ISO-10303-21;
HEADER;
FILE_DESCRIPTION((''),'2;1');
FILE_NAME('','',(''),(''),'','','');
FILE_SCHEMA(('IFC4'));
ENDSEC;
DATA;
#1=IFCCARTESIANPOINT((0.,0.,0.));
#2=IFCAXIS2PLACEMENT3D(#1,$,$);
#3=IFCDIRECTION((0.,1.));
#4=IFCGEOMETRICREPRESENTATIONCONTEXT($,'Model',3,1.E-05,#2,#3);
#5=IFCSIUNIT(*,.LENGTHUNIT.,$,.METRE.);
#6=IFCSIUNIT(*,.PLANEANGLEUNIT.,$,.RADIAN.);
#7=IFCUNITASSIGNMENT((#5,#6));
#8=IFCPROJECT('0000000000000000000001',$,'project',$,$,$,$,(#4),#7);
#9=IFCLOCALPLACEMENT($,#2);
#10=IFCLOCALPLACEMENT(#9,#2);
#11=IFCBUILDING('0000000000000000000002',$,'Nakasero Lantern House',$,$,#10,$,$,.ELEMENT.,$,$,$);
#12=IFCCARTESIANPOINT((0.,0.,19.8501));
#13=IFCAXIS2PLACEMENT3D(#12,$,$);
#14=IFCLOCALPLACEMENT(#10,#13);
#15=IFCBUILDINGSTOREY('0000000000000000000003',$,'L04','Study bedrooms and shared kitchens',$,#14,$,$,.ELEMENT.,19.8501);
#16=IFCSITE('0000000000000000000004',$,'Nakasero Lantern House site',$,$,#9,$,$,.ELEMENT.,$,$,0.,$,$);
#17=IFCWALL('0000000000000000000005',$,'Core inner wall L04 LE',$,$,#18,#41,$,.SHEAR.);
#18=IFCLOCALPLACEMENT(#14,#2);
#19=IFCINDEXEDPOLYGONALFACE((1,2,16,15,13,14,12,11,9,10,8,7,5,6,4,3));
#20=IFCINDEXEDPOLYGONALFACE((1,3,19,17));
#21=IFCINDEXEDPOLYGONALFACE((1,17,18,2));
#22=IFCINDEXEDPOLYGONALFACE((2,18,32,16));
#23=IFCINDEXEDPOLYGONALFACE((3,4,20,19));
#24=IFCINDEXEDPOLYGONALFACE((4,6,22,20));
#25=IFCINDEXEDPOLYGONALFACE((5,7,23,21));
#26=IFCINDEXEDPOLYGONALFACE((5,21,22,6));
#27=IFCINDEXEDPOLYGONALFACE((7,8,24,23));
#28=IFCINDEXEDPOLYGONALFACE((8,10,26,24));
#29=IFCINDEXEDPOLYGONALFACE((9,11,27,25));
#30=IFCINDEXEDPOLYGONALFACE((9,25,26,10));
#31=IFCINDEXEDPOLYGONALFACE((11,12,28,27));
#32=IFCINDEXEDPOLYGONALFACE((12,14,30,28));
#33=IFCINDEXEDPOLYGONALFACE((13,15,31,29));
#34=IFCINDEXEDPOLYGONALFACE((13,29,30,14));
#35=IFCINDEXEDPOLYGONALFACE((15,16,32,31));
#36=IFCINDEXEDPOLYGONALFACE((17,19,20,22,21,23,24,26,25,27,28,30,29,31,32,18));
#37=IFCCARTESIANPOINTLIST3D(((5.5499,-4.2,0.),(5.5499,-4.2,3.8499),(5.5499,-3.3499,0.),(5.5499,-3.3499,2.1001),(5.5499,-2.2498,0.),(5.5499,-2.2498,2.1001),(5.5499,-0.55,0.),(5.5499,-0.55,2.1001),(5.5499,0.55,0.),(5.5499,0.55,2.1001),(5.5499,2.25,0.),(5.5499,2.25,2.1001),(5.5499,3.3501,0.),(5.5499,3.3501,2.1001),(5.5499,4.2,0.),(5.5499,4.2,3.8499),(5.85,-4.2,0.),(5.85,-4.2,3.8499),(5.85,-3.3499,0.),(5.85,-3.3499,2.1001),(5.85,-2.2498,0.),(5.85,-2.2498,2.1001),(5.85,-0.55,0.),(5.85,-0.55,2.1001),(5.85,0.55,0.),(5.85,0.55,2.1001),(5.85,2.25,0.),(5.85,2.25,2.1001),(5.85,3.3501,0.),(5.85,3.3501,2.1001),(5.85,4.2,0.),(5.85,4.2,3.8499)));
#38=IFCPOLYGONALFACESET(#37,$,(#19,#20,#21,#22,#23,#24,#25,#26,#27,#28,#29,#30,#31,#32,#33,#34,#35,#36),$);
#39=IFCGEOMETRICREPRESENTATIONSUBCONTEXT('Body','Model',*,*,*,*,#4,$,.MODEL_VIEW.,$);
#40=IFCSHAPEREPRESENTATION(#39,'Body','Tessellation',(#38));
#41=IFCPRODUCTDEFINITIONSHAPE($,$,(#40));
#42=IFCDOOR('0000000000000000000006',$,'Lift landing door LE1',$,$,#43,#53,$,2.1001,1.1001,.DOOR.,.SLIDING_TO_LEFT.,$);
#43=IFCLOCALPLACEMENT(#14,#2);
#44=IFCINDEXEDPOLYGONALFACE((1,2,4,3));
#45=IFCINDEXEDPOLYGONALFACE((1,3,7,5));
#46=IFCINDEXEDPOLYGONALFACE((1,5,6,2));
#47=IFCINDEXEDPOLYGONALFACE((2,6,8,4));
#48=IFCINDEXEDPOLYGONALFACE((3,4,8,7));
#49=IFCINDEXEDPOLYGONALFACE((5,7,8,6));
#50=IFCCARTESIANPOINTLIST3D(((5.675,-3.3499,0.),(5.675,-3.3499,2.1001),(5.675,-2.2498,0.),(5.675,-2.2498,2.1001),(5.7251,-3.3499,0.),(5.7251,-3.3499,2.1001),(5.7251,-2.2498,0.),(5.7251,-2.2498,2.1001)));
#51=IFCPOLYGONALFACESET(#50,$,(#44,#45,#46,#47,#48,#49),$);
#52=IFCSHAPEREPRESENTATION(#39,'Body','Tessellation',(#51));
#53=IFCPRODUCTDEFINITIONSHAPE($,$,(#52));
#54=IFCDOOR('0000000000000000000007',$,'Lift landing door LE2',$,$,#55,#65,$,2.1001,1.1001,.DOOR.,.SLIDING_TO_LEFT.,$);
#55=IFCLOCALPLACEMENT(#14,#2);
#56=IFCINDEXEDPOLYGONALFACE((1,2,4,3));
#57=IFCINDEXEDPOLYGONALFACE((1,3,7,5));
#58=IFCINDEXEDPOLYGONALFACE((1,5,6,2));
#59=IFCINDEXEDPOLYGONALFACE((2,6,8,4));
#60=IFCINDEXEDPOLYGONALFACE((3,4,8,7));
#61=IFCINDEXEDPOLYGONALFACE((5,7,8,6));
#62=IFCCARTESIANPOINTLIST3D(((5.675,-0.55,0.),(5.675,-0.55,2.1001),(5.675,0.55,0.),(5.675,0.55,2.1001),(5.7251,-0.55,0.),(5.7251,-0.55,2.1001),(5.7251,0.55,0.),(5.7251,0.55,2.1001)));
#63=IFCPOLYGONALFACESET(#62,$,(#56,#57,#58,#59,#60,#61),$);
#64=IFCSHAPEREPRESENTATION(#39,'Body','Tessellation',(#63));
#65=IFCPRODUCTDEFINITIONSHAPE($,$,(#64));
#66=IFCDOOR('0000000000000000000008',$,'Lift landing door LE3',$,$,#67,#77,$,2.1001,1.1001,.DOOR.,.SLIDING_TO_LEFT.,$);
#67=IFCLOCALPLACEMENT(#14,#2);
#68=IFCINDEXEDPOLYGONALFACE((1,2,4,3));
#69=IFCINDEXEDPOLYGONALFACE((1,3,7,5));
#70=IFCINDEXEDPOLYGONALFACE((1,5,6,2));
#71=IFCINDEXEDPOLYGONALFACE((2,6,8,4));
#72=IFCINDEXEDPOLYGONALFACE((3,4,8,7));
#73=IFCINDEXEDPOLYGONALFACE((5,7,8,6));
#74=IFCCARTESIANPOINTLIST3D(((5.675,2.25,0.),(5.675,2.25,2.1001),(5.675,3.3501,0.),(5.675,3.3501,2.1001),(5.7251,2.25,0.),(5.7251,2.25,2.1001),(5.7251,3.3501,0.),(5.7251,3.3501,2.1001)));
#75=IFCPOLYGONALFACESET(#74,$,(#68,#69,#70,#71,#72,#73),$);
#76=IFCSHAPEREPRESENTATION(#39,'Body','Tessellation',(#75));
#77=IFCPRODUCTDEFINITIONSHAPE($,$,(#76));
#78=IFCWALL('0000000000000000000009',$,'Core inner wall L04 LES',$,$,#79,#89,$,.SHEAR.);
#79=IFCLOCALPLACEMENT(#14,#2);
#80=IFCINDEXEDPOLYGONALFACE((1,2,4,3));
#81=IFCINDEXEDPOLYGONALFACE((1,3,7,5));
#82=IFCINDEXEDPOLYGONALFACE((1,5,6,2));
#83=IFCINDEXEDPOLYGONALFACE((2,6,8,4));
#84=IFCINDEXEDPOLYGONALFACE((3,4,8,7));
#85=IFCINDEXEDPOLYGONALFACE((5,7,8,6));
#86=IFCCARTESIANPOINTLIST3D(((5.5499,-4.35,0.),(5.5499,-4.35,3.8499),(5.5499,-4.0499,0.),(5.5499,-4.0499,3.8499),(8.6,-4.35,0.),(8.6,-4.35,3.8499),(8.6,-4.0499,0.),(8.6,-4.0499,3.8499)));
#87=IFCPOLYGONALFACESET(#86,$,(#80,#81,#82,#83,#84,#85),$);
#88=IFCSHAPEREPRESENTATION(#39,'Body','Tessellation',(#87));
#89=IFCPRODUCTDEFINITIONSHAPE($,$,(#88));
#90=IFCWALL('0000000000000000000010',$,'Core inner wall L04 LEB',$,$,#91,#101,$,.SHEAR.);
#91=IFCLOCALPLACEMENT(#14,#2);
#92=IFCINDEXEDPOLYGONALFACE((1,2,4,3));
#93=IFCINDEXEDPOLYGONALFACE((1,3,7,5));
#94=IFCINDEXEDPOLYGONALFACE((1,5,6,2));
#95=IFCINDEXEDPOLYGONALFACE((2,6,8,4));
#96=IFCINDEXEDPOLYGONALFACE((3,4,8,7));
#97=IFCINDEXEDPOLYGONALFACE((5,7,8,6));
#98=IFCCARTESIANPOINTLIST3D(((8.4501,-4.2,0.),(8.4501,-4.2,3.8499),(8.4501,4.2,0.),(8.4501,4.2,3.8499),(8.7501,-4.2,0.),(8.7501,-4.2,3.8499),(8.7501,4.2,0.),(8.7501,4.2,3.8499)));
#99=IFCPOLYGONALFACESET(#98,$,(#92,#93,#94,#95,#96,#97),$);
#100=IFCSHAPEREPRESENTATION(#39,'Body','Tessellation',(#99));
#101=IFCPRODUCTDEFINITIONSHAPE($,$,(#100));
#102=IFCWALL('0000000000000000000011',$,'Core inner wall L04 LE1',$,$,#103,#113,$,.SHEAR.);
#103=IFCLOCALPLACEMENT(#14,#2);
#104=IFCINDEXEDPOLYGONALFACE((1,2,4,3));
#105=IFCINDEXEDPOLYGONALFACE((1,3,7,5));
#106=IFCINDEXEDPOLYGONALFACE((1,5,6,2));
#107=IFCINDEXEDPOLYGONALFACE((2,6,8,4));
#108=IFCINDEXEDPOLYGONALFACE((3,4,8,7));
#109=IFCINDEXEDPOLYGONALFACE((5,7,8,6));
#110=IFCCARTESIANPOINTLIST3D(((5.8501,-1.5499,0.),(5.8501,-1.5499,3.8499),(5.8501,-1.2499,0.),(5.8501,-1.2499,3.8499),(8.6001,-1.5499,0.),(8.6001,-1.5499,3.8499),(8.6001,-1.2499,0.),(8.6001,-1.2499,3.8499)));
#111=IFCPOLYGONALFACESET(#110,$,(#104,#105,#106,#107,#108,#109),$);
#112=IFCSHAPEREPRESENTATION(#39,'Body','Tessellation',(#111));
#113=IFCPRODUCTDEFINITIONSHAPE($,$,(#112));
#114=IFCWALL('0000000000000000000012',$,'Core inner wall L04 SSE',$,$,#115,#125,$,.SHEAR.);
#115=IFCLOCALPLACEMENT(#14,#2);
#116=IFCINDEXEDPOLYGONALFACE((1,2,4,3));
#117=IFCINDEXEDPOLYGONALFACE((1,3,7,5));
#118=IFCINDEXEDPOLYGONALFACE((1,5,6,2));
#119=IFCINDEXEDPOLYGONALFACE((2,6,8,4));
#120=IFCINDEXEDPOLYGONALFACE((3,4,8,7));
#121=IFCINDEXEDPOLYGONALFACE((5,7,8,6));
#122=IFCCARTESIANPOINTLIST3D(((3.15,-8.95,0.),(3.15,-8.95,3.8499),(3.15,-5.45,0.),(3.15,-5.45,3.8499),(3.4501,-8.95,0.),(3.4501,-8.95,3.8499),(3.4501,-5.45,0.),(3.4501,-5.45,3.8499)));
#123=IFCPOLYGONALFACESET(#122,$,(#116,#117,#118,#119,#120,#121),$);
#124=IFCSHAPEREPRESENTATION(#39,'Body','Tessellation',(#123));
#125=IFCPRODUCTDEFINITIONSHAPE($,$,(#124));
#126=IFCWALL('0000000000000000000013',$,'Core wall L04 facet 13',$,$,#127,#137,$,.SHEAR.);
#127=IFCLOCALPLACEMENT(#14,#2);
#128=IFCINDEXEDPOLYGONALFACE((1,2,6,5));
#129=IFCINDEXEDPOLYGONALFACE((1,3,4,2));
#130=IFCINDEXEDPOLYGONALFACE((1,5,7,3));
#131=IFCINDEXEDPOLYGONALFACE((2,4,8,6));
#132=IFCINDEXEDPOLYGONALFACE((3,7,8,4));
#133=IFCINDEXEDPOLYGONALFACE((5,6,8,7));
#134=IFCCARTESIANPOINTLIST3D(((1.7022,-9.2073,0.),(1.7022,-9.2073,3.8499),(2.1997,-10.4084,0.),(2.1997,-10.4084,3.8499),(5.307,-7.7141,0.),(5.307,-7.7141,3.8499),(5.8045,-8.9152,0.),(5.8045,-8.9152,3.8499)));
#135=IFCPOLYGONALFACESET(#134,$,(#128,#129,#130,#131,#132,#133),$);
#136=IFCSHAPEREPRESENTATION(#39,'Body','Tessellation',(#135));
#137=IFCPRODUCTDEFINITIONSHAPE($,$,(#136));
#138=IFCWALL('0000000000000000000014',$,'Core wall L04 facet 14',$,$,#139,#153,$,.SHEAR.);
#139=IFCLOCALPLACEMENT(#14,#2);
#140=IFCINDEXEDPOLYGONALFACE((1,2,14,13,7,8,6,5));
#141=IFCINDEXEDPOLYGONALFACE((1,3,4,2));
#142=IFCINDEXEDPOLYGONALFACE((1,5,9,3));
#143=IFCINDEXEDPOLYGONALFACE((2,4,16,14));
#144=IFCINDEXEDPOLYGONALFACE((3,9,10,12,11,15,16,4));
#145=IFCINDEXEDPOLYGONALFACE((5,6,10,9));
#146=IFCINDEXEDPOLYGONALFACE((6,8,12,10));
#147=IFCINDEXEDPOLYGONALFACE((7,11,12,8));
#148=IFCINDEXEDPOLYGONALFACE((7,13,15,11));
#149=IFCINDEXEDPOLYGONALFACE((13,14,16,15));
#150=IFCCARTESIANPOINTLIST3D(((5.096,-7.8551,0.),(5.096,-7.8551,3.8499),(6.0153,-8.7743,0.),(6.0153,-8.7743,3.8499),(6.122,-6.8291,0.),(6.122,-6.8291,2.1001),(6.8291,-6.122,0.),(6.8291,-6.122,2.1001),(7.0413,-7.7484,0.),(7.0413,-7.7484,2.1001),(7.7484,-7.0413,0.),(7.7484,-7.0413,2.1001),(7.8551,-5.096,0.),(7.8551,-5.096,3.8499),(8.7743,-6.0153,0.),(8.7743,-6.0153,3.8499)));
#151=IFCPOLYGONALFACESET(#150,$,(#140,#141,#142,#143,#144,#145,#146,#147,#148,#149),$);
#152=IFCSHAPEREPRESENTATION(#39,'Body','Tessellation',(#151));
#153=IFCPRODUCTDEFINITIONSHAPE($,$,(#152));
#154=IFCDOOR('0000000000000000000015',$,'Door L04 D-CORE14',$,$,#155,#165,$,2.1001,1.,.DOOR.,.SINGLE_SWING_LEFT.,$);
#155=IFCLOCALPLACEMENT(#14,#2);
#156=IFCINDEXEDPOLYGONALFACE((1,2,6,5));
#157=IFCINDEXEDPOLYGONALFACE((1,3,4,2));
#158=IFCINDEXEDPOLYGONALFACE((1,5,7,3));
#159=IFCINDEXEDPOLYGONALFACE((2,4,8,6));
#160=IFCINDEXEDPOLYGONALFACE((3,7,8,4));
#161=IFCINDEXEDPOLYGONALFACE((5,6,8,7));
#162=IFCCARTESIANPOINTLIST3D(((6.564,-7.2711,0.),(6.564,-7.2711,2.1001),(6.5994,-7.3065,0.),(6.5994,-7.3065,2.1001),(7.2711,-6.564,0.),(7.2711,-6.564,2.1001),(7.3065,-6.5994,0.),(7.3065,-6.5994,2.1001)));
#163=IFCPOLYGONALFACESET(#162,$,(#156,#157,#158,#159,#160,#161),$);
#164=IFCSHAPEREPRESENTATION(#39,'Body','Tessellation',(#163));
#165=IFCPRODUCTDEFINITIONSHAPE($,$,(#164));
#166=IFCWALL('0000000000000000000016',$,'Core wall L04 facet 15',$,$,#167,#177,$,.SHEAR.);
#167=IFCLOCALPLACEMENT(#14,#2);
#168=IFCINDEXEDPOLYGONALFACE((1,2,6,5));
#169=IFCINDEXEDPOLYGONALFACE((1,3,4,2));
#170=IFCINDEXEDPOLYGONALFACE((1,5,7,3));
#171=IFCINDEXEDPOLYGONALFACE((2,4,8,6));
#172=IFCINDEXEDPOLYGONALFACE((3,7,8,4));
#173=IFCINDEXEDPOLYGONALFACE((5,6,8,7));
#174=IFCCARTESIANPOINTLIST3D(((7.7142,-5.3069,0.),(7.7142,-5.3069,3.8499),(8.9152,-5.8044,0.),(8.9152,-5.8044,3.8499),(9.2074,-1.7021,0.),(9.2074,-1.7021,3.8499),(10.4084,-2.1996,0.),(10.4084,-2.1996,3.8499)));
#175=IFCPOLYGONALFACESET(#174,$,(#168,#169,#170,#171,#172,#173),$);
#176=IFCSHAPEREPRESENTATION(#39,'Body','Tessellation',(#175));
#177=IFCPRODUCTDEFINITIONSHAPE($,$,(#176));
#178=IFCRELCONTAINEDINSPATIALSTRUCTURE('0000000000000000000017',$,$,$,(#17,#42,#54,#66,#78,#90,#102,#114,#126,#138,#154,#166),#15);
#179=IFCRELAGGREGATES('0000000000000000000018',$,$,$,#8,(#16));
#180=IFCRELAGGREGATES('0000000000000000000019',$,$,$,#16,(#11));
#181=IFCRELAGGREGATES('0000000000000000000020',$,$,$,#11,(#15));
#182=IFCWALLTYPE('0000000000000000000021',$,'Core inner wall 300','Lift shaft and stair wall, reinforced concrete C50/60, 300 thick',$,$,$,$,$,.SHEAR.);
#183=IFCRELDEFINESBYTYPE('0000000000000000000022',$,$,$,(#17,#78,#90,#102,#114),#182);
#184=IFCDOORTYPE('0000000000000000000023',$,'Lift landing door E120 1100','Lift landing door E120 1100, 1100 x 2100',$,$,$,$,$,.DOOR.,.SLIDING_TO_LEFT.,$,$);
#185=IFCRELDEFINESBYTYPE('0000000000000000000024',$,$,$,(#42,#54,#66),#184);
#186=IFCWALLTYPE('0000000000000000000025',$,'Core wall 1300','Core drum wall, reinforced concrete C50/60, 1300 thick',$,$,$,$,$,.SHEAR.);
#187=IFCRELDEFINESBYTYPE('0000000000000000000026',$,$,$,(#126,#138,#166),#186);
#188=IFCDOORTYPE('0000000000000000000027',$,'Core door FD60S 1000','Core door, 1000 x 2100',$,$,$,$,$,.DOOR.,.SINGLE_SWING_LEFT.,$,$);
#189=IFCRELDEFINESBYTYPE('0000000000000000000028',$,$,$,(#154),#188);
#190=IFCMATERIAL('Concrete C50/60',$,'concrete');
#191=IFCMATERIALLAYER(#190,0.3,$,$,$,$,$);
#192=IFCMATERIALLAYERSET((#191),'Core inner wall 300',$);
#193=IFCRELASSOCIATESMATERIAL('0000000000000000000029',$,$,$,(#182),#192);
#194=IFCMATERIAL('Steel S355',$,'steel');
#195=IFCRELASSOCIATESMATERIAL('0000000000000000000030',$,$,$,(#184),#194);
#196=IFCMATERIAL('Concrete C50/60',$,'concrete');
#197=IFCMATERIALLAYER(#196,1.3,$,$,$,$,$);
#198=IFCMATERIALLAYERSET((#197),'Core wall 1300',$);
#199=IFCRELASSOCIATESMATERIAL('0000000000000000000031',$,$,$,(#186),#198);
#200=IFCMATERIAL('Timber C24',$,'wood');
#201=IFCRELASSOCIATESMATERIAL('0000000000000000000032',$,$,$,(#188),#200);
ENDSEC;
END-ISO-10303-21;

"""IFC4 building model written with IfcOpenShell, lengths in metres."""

from ifc_helpers import new_model, si_unit, direction, frame, frame_2d, origin, place, context, subcontext, project, spatial, rectangle, extrude, material, layer, layer_set, type_object, element, fill, save


model = new_model("IFC4")

# Units and contexts
model_context = context("Model", 3, precision=1e-05, world=origin(), true_north=direction((0.0, 1.0)))
body_context = subcontext(model_context, "Body", "Model", "MODEL_VIEW")
ifc_project = project(units=[si_unit("LENGTHUNIT", "METRE"), si_unit("PLANEANGLEUNIT", "RADIAN")], contexts=[model_context])

# Site, building, storey
site_placement = place(None, origin())
site = spatial("IfcSite", under=ifc_project, at=site_placement, Name="Nakasero Lantern House site", CompositionType="ELEMENT", RefElevation=0.0)
building_placement = place(site_placement, origin())
building = spatial("IfcBuilding", under=site, at=building_placement, Name="Nakasero Lantern House", CompositionType="ELEMENT")
storey_placement = place(building_placement, frame((0.0, 0.0, 19.8501)))
storey = spatial("IfcBuildingStorey", under=building, at=storey_placement, Name="L04", Description="Study bedrooms and shared kitchens", CompositionType="ELEMENT", Elevation=19.8501)

# Wall, openings, doors
ifc_material_1 = material(Name="Concrete C50/60", Category="concrete")
ifc_layer_1 = layer(ifc_material_1, 0.3)
ifc_layer_set_1 = layer_set([ifc_layer_1], Name="Core inner wall 300")
wall_type_1 = type_object("IfcWallType", Name="Core inner wall 300", Description="Lift shaft and stair wall, reinforced concrete C50/60, 300 thick", PredefinedType="SHEAR", material=ifc_layer_set_1)
wall_1_placement = place(storey_placement, frame((5.7, -4.2, 0.0), z_axis=(0.0, 0.0, 1.0), x_axis=(0.0, 1.0, 0.0)))
wall_1 = element("IfcWall", 1, at=wall_1_placement, inside=storey, type_object=wall_type_1, Name="Core inner wall L04 LE", PredefinedType="SHEAR", context=body_context, shape_type="SweptSolid", body=[
    extrude(rectangle(XDim=8.3999, YDim=0.3, at=frame_2d((4.2, 0.0))), origin(), (0.0, 0.0, 1.0), 3.8499),
])
opening_1_placement = place(wall_1_placement, frame((0.8501, 0.0, 0.0)))
opening_1 = element("IfcOpeningElement", 2, at=opening_1_placement, cuts=wall_1, PredefinedType="OPENING", context=body_context, shape_type="SweptSolid", body=[
    extrude(rectangle(XDim=1.1001, YDim=2.1001, at=frame_2d((0.55, 1.05))), frame((0.0, 0.1699, 0.0), z_axis=(0.0, -1.0, 0.0), x_axis=(1.0, 0.0, 0.0)), (0.0, 0.0, 1.0), 0.3401),
])
opening_2_placement = place(wall_1_placement, frame((3.6499, 0.0, 0.0)))
opening_2 = element("IfcOpeningElement", 3, at=opening_2_placement, cuts=wall_1, PredefinedType="OPENING", context=body_context, shape_type="SweptSolid", body=[
    extrude(rectangle(XDim=1.1001, YDim=2.1001, at=frame_2d((0.55, 1.05))), frame((0.0, 0.1699, 0.0), z_axis=(0.0, -1.0, 0.0), x_axis=(1.0, 0.0, 0.0)), (0.0, 0.0, 1.0), 0.3401),
])
opening_3_placement = place(wall_1_placement, frame((6.45, 0.0, 0.0)))
opening_3 = element("IfcOpeningElement", 4, at=opening_3_placement, cuts=wall_1, PredefinedType="OPENING", context=body_context, shape_type="SweptSolid", body=[
    extrude(rectangle(XDim=1.1001, YDim=2.1001, at=frame_2d((0.55, 1.05))), frame((0.0, 0.1699, 0.0), z_axis=(0.0, -1.0, 0.0), x_axis=(1.0, 0.0, 0.0)), (0.0, 0.0, 1.0), 0.3401),
])
ifc_material_2 = material(Name="Steel S355", Category="steel")
door_type_1 = type_object("IfcDoorType", Name="Lift landing door E120 1100", Description="Lift landing door E120 1100, 1100 x 2100", OperationType="SLIDING_TO_LEFT", PredefinedType="DOOR", material=ifc_material_2)
door_1_placement = place(opening_1_placement, origin())
door_1 = element("IfcDoor", 5, at=door_1_placement, inside=storey, type_object=door_type_1, Name="Lift landing door LE1", OperationType="SLIDING_TO_LEFT", OverallHeight=2.1001, OverallWidth=1.1001, PredefinedType="DOOR", context=body_context, shape_type="SweptSolid", body=[
    extrude(rectangle(XDim=1.1001, YDim=2.1001, at=frame_2d((0.55, 1.05))), frame((0.0, 0.0249, 0.0), z_axis=(0.0, -1.0, 0.0), x_axis=(1.0, 0.0, 0.0)), (0.0, 0.0, 1.0), 0.05),
])
fill(opening_1, door_1)
door_2_placement = place(opening_2_placement, origin())
door_2 = element("IfcDoor", 6, at=door_2_placement, inside=storey, type_object=door_type_1, Name="Lift landing door LE2", OperationType="SLIDING_TO_LEFT", OverallHeight=2.1001, OverallWidth=1.1001, PredefinedType="DOOR", context=body_context, shape_type="SweptSolid", body=[
    extrude(rectangle(XDim=1.1001, YDim=2.1001, at=frame_2d((0.55, 1.05))), frame((0.0, 0.0249, 0.0), z_axis=(0.0, -1.0, 0.0), x_axis=(1.0, 0.0, 0.0)), (0.0, 0.0, 1.0), 0.05),
])
fill(opening_2, door_2)
door_3_placement = place(opening_3_placement, origin())
door_3 = element("IfcDoor", 7, at=door_3_placement, inside=storey, type_object=door_type_1, Name="Lift landing door LE3", OperationType="SLIDING_TO_LEFT", OverallHeight=2.1001, OverallWidth=1.1001, PredefinedType="DOOR", context=body_context, shape_type="SweptSolid", body=[
    extrude(rectangle(XDim=1.1001, YDim=2.1001, at=frame_2d((0.55, 1.05))), frame((0.0, 0.0249, 0.0), z_axis=(0.0, -1.0, 0.0), x_axis=(1.0, 0.0, 0.0)), (0.0, 0.0, 1.0), 0.05),
])
fill(opening_3, door_3)

# Walls
wall_2_placement = place(storey_placement, frame((5.55, -4.2, 0.0), z_axis=(0.0, 0.0, 1.0), x_axis=(1.0, 0.0, 0.0)))
element("IfcWall", 8, at=wall_2_placement, inside=storey, type_object=wall_type_1, Name="Core inner wall L04 LES", PredefinedType="SHEAR", context=body_context, shape_type="SweptSolid", body=[
    extrude(rectangle(XDim=3.05, YDim=0.3, at=frame_2d((1.5249, 0.0))), origin(), (0.0, 0.0, 1.0), 3.8499),
])
wall_3_placement = place(storey_placement, frame((8.6001, -4.2, 0.0), z_axis=(0.0, 0.0, 1.0), x_axis=(0.0, 1.0, 0.0)))
element("IfcWall", 9, at=wall_3_placement, inside=storey, type_object=wall_type_1, Name="Core inner wall L04 LEB", PredefinedType="SHEAR", context=body_context, shape_type="SweptSolid", body=[
    extrude(rectangle(XDim=8.3999, YDim=0.3, at=frame_2d((4.2, 0.0))), origin(), (0.0, 0.0, 1.0), 3.8499),
])
wall_4_placement = place(storey_placement, frame((5.8501, -1.3999, 0.0), z_axis=(0.0, 0.0, 1.0), x_axis=(1.0, 0.0, 0.0)))
element("IfcWall", 10, at=wall_4_placement, inside=storey, type_object=wall_type_1, Name="Core inner wall L04 LE1", PredefinedType="SHEAR", context=body_context, shape_type="SweptSolid", body=[
    extrude(rectangle(XDim=2.75, YDim=0.3, at=frame_2d((1.375, 0.0))), origin(), (0.0, 0.0, 1.0), 3.8499),
])
wall_5_placement = place(storey_placement, frame((3.3, -5.45, 0.0), z_axis=(0.0, 0.0, 1.0), x_axis=(0.0, -1.0, 0.0)))
element("IfcWall", 11, at=wall_5_placement, inside=storey, type_object=wall_type_1, Name="Core inner wall L04 SSE", PredefinedType="SHEAR", context=body_context, shape_type="SweptSolid", body=[
    extrude(rectangle(XDim=3.5, YDim=0.3, at=frame_2d((1.75, 0.0))), origin(), (0.0, 0.0, 1.0), 3.8499),
])
ifc_material_3 = material(Name="Concrete C50/60", Category="concrete")
ifc_layer_2 = layer(ifc_material_3, 1.3)
ifc_layer_set_2 = layer_set([ifc_layer_2], Name="Core wall 1300")
wall_type_2 = type_object("IfcWallType", Name="Core wall 1300", Description="Core drum wall, reinforced concrete C50/60, 1300 thick", PredefinedType="SHEAR", material=ifc_layer_set_2)
wall_6_placement = place(storey_placement, frame((1.9509, -9.8079, 0.0), z_axis=(0.0, 0.0, 1.0), x_axis=(0.923877, 0.382691, 0.0)))
element("IfcWall", 12, at=wall_6_placement, inside=storey, type_object=wall_type_2, Name="Core wall L04 facet 13", PredefinedType="SHEAR", context=body_context, shape_type="SweptSolid", body=[
    extrude(rectangle(XDim=3.9019, YDim=1.3, at=frame_2d((1.9509, 0.0))), origin(), (0.0, 0.0, 1.0), 3.8499),
])

# Wall, opening, door
wall_7_placement = place(storey_placement, frame((5.5557, -8.3147, 0.0), z_axis=(0.0, 0.0, 1.0), x_axis=(0.707107, 0.707107, 0.0)))
wall_7 = element("IfcWall", 13, at=wall_7_placement, inside=storey, type_object=wall_type_2, Name="Core wall L04 facet 14", PredefinedType="SHEAR", context=body_context, shape_type="SweptSolid", body=[
    extrude(rectangle(XDim=3.9019, YDim=1.3, at=frame_2d((1.9509, 0.0))), origin(), (0.0, 0.0, 1.0), 3.8499),
])
opening_4_placement = place(wall_7_placement, frame((1.4509, 0.0, 0.0)))
opening_4 = element("IfcOpeningElement", 14, at=opening_4_placement, cuts=wall_7, PredefinedType="OPENING", context=body_context, shape_type="SweptSolid", body=[
    extrude(rectangle(XDim=1.0, YDim=2.1001, at=frame_2d((0.5, 1.05))), frame((0.0, 0.6699, 0.0), z_axis=(0.0, -1.0, 0.0), x_axis=(1.0, 0.0, 0.0)), (0.0, 0.0, 1.0), 1.3401),
])
ifc_material_4 = material(Name="Timber C24", Category="wood")
door_type_2 = type_object("IfcDoorType", Name="Core door FD60S 1000", Description="Core door, 1000 x 2100", OperationType="SINGLE_SWING_LEFT", PredefinedType="DOOR", material=ifc_material_4)
door_4_placement = place(opening_4_placement, origin())
door_4 = element("IfcDoor", 15, at=door_4_placement, inside=storey, type_object=door_type_2, Name="Door L04 D-CORE14", OperationType="SINGLE_SWING_LEFT", OverallHeight=2.1001, OverallWidth=1.0, PredefinedType="DOOR", context=body_context, shape_type="SweptSolid", body=[
    extrude(rectangle(XDim=1.0, YDim=2.1001, at=frame_2d((0.5, 1.05))), frame((0.0, 0.0249, 0.0), z_axis=(0.0, -1.0, 0.0), x_axis=(1.0, 0.0, 0.0)), (0.0, 0.0, 1.0), 0.05),
])
fill(opening_4, door_4)

# Wall
wall_8_placement = place(storey_placement, frame((8.3147, -5.5557, 0.0), z_axis=(0.0, 0.0, 1.0), x_axis=(0.382691, 0.923877, 0.0)))
element("IfcWall", 16, at=wall_8_placement, inside=storey, type_object=wall_type_2, Name="Core wall L04 facet 15", PredefinedType="SHEAR", context=body_context, shape_type="SweptSolid", body=[
    extrude(rectangle(XDim=3.9019, YDim=1.3, at=frame_2d((1.9509, 0.0))), origin(), (0.0, 0.0, 1.0), 3.8499),
])

save(model, "model.ifc")
